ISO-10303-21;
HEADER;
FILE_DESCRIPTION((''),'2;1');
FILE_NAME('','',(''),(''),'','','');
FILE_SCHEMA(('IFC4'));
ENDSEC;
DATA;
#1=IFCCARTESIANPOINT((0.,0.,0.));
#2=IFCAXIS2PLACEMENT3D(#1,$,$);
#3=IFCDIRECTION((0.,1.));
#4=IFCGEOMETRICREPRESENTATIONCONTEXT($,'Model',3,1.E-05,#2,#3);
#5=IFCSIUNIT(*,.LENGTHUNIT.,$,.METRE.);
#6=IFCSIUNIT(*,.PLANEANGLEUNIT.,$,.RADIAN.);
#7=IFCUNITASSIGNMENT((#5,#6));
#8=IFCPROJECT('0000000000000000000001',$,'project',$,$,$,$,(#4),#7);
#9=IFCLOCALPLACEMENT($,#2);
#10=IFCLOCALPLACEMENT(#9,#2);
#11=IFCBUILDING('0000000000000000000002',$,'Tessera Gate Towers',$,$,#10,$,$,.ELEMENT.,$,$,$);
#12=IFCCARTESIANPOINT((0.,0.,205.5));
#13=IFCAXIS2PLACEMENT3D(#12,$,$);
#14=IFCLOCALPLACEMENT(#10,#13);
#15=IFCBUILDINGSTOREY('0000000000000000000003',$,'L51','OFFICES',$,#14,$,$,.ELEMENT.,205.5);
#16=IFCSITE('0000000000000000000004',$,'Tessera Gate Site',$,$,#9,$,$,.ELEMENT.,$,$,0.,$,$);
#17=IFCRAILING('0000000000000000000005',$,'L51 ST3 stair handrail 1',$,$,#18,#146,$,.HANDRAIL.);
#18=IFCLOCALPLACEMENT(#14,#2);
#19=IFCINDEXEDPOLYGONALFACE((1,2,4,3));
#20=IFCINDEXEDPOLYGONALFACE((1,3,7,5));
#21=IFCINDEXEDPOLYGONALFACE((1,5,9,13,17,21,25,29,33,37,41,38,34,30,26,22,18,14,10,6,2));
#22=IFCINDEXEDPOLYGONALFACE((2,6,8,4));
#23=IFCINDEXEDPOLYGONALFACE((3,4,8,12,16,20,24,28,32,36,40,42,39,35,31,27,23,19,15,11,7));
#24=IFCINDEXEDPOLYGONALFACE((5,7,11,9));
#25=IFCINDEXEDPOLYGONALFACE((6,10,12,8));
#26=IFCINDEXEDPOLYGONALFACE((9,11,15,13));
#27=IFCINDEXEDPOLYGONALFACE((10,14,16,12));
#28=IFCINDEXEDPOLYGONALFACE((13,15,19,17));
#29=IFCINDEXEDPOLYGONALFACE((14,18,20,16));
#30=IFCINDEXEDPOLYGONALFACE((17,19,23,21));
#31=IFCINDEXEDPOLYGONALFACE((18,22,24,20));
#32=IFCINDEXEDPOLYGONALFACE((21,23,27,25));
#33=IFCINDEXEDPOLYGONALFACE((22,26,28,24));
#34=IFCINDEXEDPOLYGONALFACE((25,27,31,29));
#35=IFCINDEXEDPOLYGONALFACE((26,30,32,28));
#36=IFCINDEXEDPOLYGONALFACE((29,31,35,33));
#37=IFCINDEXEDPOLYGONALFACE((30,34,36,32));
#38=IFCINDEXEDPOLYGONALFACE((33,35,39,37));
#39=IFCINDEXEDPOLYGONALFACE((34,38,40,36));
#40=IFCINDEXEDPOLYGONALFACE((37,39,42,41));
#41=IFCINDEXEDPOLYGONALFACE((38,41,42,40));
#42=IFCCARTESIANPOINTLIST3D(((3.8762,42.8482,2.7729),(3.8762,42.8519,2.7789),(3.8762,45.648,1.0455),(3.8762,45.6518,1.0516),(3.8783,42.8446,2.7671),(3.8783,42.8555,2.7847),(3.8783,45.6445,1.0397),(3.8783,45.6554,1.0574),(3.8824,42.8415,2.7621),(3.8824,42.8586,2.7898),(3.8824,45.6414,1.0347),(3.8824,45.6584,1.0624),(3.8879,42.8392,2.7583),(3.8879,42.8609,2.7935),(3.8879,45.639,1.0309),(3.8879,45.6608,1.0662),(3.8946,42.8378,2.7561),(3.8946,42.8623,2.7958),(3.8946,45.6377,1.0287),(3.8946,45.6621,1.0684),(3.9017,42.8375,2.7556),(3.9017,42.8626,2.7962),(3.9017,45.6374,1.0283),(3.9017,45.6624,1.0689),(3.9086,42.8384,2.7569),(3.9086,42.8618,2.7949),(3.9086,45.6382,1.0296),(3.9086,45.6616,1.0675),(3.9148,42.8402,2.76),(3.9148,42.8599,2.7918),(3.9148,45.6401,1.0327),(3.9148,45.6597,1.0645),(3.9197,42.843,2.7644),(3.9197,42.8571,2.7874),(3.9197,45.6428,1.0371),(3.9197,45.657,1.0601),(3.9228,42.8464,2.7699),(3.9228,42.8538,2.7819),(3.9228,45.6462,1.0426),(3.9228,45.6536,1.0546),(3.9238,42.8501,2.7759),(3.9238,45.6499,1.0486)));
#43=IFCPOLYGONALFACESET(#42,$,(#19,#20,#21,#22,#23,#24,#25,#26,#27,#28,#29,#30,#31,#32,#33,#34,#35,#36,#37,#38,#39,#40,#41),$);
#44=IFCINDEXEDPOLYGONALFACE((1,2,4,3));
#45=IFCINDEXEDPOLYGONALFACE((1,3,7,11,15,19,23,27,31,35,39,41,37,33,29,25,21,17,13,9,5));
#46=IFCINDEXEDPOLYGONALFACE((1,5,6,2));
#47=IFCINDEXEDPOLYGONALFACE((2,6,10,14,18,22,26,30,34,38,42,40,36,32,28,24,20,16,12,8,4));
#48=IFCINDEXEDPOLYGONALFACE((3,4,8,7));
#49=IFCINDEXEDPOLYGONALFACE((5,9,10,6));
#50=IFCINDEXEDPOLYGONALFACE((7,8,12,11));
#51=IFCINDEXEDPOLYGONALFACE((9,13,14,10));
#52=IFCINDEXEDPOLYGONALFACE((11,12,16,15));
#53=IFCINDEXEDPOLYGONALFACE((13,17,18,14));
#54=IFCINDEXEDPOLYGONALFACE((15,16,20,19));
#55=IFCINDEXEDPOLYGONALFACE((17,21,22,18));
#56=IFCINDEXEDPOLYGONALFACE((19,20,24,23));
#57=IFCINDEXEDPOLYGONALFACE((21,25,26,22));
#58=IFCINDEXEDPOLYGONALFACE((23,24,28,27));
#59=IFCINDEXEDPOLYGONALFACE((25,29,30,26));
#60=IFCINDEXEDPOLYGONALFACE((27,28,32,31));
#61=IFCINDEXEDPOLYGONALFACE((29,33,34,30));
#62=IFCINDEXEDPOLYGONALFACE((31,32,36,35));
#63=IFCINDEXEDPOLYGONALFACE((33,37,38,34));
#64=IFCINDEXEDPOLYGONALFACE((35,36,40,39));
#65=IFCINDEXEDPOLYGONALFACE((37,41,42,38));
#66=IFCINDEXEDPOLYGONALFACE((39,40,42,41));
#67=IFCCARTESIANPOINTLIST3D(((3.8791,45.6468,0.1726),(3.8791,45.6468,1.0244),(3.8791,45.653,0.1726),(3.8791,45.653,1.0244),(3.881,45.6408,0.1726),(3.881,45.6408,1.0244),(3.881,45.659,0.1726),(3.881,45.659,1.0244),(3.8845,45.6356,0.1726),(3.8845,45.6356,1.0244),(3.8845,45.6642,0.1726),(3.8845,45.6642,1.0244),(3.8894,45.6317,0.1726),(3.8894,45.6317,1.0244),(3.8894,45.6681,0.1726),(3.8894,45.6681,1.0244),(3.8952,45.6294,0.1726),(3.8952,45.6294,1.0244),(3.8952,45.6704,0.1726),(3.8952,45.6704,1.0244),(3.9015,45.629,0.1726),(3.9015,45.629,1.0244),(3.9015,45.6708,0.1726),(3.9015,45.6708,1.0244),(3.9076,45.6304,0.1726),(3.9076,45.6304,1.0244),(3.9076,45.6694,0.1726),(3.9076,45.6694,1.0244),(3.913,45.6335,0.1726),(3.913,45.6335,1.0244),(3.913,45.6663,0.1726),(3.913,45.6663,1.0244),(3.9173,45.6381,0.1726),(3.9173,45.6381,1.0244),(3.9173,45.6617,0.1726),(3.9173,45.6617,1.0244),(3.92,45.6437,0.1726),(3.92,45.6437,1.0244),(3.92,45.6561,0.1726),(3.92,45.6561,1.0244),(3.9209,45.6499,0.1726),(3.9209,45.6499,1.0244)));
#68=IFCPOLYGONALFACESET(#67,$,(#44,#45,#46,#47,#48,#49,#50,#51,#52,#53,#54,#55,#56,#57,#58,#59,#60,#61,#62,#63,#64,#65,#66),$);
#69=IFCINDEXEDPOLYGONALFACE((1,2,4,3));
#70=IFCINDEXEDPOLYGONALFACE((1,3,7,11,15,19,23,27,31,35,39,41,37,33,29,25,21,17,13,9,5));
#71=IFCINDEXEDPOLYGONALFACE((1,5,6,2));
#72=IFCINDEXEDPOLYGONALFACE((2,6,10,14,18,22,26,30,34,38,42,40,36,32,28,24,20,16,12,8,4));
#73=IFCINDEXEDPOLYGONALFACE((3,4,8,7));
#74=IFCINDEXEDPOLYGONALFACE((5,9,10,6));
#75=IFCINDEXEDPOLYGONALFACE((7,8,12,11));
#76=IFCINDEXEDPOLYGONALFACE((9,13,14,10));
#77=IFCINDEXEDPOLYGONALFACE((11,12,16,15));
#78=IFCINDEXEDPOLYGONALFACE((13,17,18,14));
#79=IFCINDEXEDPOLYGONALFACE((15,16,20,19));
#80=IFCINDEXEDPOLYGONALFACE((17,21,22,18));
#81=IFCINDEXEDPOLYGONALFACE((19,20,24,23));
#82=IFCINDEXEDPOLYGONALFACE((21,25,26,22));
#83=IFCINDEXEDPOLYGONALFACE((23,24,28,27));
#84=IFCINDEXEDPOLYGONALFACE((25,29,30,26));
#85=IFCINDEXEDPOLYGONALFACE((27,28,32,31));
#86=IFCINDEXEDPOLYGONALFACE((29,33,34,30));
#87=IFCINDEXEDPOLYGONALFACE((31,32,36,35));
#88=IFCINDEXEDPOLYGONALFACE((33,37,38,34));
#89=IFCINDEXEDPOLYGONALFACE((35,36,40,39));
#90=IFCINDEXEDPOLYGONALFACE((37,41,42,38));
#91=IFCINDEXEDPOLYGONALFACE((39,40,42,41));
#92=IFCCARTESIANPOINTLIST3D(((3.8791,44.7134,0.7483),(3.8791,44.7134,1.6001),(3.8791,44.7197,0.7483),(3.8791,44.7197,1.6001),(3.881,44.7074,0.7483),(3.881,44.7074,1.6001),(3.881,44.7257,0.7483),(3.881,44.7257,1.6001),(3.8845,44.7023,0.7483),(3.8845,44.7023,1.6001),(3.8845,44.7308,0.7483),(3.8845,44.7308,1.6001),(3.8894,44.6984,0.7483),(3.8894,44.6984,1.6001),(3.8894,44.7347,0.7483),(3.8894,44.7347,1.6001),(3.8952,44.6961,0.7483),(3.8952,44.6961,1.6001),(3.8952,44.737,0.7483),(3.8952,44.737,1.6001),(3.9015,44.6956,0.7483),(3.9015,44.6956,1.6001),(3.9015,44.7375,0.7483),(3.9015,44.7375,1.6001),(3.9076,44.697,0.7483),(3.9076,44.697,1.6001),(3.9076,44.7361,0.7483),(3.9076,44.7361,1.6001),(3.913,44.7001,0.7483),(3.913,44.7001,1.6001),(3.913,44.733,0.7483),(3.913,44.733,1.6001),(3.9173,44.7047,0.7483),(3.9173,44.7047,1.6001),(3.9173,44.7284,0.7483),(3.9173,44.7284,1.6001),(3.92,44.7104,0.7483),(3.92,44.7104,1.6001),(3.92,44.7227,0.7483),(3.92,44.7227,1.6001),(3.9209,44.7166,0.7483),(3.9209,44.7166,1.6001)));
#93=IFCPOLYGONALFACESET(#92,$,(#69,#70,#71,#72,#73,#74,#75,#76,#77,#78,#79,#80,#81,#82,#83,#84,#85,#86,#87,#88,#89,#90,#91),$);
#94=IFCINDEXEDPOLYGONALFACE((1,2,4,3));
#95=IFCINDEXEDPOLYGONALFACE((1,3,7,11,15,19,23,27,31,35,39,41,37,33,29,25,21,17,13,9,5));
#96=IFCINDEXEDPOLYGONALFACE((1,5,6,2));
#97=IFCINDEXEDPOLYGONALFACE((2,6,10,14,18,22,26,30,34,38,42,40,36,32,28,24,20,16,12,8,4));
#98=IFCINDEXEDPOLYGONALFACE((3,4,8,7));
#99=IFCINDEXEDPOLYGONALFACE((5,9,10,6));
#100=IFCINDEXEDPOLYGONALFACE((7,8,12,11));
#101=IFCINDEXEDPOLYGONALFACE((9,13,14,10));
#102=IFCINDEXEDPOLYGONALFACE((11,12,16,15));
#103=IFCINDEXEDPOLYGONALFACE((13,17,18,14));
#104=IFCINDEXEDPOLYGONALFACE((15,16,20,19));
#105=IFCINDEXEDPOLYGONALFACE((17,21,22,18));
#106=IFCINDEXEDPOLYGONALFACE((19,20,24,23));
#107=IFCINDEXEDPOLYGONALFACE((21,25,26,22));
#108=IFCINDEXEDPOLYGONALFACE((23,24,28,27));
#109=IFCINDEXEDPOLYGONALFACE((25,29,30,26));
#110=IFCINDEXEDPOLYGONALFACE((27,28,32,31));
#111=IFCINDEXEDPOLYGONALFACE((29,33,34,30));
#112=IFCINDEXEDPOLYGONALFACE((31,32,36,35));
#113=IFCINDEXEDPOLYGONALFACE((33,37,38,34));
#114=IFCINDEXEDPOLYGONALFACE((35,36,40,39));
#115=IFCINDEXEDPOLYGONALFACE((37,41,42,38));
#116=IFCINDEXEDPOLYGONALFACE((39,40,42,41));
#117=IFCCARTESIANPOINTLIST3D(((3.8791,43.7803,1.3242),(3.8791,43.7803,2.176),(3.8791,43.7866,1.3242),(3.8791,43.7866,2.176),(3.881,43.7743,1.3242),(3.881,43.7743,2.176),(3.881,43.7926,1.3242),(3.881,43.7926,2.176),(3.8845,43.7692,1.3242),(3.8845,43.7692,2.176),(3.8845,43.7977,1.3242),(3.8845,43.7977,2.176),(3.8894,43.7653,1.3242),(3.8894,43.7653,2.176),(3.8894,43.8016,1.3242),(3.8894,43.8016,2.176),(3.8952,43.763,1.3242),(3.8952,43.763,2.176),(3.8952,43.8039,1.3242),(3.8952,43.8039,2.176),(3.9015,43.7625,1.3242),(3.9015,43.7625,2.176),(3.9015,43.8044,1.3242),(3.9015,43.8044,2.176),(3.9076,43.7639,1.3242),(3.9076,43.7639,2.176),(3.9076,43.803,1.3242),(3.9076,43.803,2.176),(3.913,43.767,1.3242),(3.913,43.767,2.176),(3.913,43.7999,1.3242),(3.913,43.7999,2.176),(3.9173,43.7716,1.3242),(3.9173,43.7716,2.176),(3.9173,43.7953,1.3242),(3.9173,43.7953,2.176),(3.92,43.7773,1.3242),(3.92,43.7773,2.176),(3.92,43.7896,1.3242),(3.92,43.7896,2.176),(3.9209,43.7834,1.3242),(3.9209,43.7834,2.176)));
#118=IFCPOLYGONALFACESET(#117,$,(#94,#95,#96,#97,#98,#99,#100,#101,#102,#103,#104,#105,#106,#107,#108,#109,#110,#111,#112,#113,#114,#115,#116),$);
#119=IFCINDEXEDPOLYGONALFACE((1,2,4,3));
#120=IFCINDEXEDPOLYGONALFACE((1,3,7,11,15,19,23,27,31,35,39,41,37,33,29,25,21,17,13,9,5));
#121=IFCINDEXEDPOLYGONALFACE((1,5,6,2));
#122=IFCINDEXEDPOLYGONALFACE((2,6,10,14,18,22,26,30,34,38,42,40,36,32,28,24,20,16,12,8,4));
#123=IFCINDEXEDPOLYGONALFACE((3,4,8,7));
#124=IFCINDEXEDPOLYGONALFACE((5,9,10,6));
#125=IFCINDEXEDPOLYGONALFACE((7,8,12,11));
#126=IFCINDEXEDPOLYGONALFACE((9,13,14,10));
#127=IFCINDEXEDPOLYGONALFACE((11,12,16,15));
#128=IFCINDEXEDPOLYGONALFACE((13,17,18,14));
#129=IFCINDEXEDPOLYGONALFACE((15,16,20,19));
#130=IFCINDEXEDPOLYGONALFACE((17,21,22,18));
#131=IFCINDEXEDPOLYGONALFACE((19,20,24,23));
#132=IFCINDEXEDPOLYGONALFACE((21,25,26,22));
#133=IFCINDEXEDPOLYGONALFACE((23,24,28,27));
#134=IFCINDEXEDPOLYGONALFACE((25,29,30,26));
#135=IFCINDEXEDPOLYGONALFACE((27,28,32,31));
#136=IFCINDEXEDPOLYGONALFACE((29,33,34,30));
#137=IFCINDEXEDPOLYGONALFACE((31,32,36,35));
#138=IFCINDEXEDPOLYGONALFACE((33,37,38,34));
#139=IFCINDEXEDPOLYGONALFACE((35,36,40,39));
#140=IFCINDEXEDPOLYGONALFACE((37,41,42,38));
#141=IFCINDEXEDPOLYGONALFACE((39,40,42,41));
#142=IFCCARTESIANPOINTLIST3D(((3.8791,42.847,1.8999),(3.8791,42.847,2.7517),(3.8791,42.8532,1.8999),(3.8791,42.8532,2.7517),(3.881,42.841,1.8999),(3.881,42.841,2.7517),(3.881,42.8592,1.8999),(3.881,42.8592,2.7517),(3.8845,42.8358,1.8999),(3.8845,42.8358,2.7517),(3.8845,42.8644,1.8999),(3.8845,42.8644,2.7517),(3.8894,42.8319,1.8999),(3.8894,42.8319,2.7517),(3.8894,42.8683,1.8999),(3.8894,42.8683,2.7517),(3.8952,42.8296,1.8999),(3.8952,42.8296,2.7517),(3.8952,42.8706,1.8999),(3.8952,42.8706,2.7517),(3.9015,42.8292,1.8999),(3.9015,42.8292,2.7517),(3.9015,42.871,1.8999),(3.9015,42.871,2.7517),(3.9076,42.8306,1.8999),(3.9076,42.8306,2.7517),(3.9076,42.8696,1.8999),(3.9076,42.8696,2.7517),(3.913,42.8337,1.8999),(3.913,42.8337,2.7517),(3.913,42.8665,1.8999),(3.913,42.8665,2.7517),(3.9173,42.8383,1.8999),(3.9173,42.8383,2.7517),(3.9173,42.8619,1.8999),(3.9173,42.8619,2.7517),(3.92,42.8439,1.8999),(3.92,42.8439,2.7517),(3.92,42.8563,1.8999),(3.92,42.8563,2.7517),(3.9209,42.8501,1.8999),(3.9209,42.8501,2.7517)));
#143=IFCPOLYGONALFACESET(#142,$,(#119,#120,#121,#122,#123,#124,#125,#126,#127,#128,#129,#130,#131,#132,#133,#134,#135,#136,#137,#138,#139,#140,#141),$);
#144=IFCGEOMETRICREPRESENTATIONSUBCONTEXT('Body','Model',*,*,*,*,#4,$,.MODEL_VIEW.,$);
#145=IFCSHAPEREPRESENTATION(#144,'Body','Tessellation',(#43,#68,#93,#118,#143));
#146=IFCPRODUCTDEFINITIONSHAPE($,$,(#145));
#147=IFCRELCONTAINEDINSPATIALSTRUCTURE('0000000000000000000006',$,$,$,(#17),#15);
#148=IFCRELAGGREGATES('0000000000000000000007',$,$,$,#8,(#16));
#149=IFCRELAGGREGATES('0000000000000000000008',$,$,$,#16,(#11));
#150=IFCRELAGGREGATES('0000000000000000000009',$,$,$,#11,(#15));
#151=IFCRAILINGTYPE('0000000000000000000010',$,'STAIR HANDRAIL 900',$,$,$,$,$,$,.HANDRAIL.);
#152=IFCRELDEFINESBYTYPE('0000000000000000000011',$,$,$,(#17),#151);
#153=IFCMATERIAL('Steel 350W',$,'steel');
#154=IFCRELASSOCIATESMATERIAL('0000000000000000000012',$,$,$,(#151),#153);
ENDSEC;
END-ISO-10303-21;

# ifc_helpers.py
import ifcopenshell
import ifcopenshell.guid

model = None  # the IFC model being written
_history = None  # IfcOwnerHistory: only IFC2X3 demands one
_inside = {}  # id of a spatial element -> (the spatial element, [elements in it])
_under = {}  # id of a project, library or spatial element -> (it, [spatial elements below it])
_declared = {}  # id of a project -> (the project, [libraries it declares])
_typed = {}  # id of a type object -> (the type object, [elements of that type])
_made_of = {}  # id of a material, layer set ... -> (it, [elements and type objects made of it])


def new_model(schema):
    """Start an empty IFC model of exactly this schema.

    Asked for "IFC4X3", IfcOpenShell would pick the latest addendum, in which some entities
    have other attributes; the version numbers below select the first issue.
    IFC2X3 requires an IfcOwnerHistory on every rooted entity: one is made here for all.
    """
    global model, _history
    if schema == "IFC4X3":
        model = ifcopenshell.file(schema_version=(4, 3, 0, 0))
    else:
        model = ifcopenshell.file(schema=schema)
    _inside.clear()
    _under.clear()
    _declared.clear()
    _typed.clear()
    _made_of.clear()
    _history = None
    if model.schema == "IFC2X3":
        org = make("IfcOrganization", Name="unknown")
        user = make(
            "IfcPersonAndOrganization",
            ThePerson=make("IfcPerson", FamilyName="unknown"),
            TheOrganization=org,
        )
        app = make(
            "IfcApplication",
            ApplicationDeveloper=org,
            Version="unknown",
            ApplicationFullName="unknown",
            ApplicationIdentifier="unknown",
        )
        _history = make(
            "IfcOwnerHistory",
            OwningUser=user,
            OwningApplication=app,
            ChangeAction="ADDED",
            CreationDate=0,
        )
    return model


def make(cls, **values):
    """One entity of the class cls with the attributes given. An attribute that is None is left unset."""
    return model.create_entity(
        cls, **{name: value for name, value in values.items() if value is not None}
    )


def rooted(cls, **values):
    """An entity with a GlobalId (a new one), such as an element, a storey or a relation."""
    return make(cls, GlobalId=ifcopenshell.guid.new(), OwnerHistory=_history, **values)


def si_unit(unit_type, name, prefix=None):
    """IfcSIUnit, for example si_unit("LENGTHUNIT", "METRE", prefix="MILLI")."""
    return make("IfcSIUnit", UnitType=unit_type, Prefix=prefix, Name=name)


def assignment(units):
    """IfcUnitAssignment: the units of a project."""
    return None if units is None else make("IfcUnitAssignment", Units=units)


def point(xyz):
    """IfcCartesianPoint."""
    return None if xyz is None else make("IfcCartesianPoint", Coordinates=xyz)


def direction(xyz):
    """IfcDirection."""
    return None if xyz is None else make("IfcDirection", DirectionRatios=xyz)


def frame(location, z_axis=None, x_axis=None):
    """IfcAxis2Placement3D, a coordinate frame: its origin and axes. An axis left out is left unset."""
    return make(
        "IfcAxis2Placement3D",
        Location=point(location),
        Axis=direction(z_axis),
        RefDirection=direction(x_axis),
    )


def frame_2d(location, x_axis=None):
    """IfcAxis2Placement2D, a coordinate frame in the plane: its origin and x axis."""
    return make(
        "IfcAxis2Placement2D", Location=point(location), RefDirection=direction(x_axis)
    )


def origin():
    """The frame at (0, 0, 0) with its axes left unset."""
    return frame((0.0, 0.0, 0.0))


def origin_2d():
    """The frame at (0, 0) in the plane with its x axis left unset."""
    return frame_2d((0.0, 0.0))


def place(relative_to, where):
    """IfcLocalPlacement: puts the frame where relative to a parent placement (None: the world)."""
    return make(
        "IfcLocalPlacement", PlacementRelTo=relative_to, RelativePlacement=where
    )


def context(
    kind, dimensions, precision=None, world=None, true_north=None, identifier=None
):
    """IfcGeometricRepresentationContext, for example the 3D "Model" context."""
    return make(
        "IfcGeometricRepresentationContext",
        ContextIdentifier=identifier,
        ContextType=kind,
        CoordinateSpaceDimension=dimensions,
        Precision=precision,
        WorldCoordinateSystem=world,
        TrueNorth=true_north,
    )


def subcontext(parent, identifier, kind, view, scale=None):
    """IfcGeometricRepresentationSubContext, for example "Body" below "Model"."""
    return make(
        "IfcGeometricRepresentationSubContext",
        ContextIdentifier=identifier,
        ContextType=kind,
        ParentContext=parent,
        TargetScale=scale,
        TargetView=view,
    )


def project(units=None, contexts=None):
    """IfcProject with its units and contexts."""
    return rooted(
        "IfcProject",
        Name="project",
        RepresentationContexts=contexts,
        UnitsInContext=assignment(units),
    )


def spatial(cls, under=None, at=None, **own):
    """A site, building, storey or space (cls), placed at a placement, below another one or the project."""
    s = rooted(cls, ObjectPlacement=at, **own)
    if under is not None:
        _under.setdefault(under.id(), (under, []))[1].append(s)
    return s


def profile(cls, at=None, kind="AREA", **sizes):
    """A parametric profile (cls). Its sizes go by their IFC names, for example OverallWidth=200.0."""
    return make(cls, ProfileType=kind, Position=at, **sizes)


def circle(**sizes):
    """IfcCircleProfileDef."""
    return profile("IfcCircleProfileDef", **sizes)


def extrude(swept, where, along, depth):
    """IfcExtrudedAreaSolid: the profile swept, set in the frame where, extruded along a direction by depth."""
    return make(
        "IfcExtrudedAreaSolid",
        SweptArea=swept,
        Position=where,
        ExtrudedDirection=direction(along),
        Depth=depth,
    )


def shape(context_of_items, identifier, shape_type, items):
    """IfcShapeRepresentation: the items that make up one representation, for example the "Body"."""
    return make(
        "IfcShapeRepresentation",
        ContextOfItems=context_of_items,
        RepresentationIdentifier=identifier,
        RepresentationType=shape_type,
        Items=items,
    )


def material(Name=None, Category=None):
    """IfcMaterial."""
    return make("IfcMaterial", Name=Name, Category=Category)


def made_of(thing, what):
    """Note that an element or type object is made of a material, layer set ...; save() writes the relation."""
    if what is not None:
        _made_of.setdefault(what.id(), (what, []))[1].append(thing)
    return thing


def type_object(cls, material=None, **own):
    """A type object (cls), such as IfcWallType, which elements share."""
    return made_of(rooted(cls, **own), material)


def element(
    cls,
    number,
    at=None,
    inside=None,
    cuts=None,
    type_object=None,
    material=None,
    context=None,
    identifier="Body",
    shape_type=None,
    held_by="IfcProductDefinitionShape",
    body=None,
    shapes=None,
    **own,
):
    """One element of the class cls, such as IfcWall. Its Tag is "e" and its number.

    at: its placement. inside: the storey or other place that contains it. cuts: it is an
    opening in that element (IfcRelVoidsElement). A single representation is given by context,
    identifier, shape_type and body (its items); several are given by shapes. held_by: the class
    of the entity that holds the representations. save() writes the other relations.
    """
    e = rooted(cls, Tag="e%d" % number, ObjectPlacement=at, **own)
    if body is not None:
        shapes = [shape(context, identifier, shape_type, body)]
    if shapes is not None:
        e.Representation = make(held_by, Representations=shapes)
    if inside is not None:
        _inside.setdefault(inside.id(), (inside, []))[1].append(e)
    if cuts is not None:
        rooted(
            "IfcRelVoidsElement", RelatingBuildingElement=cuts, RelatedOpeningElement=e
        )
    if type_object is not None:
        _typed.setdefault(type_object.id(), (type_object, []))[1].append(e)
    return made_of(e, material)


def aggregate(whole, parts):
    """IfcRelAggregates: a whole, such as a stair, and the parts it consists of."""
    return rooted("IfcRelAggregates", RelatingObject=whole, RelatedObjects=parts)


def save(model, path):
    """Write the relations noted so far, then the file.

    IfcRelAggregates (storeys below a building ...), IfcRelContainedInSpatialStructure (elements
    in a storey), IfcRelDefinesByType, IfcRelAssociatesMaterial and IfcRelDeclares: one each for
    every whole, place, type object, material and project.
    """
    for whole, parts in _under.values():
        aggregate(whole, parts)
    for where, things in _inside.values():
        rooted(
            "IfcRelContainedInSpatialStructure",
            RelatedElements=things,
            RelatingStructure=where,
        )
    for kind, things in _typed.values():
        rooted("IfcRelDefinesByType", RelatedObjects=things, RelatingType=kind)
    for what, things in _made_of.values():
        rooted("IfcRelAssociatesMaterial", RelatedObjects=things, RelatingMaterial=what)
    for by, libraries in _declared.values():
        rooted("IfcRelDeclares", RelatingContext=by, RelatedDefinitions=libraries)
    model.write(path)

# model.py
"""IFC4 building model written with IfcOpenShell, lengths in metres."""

from ifc_helpers import new_model, si_unit, direction, frame, origin, origin_2d, place, context, subcontext, project, spatial, circle, extrude, material, type_object, element, save


model = new_model("IFC4")

# Units and contexts
model_context = context("Model", 3, precision=1e-05, world=origin(), true_north=direction((0.0, 1.0)))
body_context = subcontext(model_context, "Body", "Model", "MODEL_VIEW")
ifc_project = project(units=[si_unit("LENGTHUNIT", "METRE"), si_unit("PLANEANGLEUNIT", "RADIAN")], contexts=[model_context])

# Site, building, storey
site_placement = place(None, origin())
site = spatial("IfcSite", under=ifc_project, at=site_placement, Name="Tessera Gate Site", CompositionType="ELEMENT", RefElevation=0.0)
building_placement = place(site_placement, origin())
building = spatial("IfcBuilding", under=site, at=building_placement, Name="Tessera Gate Towers", CompositionType="ELEMENT")
storey_placement = place(building_placement, frame((0.0, 0.0, 205.5)))
storey = spatial("IfcBuildingStorey", under=building, at=storey_placement, Name="L51", Description="OFFICES", CompositionType="ELEMENT", Elevation=205.5)

# Railing
ifc_material_1 = material(Name="Steel 350W", Category="steel")
railing_type_1 = type_object("IfcRailingType", Name="STAIR HANDRAIL 900", PredefinedType="HANDRAIL", material=ifc_material_1)
railing_1_placement = place(storey_placement, frame((3.8999, 45.6499, 0.1726)))
element("IfcRailing", 1, at=railing_1_placement, inside=storey, type_object=railing_type_1, Name="L51 ST3 stair handrail 1", PredefinedType="HANDRAIL", context=body_context, shape_type="SweptSolid", body=[
    extrude(circle(Radius=0.0239, at=origin_2d()), frame((0.0, 0.0, 0.876), z_axis=(0.0, -0.851069, 0.525054), x_axis=(1.0, 0.0, 0.0)), (0.0, 0.0, 1.0), 3.2898),
    extrude(circle(Radius=0.021, at=origin_2d()), origin(), (0.0, 0.0, 1.0), 0.8518),
    extrude(circle(Radius=0.021, at=origin_2d()), frame((0.0, -0.9333, 0.5757)), (0.0, 0.0, 1.0), 0.8518),
    extrude(circle(Radius=0.021, at=origin_2d()), frame((0.0, -1.8665, 1.1516)), (0.0, 0.0, 1.0), 0.8518),
    extrude(circle(Radius=0.021, at=origin_2d()), frame((0.0, -2.7998, 1.7273)), (0.0, 0.0, 1.0), 0.8518),
])

save(model, "model.ifc")
